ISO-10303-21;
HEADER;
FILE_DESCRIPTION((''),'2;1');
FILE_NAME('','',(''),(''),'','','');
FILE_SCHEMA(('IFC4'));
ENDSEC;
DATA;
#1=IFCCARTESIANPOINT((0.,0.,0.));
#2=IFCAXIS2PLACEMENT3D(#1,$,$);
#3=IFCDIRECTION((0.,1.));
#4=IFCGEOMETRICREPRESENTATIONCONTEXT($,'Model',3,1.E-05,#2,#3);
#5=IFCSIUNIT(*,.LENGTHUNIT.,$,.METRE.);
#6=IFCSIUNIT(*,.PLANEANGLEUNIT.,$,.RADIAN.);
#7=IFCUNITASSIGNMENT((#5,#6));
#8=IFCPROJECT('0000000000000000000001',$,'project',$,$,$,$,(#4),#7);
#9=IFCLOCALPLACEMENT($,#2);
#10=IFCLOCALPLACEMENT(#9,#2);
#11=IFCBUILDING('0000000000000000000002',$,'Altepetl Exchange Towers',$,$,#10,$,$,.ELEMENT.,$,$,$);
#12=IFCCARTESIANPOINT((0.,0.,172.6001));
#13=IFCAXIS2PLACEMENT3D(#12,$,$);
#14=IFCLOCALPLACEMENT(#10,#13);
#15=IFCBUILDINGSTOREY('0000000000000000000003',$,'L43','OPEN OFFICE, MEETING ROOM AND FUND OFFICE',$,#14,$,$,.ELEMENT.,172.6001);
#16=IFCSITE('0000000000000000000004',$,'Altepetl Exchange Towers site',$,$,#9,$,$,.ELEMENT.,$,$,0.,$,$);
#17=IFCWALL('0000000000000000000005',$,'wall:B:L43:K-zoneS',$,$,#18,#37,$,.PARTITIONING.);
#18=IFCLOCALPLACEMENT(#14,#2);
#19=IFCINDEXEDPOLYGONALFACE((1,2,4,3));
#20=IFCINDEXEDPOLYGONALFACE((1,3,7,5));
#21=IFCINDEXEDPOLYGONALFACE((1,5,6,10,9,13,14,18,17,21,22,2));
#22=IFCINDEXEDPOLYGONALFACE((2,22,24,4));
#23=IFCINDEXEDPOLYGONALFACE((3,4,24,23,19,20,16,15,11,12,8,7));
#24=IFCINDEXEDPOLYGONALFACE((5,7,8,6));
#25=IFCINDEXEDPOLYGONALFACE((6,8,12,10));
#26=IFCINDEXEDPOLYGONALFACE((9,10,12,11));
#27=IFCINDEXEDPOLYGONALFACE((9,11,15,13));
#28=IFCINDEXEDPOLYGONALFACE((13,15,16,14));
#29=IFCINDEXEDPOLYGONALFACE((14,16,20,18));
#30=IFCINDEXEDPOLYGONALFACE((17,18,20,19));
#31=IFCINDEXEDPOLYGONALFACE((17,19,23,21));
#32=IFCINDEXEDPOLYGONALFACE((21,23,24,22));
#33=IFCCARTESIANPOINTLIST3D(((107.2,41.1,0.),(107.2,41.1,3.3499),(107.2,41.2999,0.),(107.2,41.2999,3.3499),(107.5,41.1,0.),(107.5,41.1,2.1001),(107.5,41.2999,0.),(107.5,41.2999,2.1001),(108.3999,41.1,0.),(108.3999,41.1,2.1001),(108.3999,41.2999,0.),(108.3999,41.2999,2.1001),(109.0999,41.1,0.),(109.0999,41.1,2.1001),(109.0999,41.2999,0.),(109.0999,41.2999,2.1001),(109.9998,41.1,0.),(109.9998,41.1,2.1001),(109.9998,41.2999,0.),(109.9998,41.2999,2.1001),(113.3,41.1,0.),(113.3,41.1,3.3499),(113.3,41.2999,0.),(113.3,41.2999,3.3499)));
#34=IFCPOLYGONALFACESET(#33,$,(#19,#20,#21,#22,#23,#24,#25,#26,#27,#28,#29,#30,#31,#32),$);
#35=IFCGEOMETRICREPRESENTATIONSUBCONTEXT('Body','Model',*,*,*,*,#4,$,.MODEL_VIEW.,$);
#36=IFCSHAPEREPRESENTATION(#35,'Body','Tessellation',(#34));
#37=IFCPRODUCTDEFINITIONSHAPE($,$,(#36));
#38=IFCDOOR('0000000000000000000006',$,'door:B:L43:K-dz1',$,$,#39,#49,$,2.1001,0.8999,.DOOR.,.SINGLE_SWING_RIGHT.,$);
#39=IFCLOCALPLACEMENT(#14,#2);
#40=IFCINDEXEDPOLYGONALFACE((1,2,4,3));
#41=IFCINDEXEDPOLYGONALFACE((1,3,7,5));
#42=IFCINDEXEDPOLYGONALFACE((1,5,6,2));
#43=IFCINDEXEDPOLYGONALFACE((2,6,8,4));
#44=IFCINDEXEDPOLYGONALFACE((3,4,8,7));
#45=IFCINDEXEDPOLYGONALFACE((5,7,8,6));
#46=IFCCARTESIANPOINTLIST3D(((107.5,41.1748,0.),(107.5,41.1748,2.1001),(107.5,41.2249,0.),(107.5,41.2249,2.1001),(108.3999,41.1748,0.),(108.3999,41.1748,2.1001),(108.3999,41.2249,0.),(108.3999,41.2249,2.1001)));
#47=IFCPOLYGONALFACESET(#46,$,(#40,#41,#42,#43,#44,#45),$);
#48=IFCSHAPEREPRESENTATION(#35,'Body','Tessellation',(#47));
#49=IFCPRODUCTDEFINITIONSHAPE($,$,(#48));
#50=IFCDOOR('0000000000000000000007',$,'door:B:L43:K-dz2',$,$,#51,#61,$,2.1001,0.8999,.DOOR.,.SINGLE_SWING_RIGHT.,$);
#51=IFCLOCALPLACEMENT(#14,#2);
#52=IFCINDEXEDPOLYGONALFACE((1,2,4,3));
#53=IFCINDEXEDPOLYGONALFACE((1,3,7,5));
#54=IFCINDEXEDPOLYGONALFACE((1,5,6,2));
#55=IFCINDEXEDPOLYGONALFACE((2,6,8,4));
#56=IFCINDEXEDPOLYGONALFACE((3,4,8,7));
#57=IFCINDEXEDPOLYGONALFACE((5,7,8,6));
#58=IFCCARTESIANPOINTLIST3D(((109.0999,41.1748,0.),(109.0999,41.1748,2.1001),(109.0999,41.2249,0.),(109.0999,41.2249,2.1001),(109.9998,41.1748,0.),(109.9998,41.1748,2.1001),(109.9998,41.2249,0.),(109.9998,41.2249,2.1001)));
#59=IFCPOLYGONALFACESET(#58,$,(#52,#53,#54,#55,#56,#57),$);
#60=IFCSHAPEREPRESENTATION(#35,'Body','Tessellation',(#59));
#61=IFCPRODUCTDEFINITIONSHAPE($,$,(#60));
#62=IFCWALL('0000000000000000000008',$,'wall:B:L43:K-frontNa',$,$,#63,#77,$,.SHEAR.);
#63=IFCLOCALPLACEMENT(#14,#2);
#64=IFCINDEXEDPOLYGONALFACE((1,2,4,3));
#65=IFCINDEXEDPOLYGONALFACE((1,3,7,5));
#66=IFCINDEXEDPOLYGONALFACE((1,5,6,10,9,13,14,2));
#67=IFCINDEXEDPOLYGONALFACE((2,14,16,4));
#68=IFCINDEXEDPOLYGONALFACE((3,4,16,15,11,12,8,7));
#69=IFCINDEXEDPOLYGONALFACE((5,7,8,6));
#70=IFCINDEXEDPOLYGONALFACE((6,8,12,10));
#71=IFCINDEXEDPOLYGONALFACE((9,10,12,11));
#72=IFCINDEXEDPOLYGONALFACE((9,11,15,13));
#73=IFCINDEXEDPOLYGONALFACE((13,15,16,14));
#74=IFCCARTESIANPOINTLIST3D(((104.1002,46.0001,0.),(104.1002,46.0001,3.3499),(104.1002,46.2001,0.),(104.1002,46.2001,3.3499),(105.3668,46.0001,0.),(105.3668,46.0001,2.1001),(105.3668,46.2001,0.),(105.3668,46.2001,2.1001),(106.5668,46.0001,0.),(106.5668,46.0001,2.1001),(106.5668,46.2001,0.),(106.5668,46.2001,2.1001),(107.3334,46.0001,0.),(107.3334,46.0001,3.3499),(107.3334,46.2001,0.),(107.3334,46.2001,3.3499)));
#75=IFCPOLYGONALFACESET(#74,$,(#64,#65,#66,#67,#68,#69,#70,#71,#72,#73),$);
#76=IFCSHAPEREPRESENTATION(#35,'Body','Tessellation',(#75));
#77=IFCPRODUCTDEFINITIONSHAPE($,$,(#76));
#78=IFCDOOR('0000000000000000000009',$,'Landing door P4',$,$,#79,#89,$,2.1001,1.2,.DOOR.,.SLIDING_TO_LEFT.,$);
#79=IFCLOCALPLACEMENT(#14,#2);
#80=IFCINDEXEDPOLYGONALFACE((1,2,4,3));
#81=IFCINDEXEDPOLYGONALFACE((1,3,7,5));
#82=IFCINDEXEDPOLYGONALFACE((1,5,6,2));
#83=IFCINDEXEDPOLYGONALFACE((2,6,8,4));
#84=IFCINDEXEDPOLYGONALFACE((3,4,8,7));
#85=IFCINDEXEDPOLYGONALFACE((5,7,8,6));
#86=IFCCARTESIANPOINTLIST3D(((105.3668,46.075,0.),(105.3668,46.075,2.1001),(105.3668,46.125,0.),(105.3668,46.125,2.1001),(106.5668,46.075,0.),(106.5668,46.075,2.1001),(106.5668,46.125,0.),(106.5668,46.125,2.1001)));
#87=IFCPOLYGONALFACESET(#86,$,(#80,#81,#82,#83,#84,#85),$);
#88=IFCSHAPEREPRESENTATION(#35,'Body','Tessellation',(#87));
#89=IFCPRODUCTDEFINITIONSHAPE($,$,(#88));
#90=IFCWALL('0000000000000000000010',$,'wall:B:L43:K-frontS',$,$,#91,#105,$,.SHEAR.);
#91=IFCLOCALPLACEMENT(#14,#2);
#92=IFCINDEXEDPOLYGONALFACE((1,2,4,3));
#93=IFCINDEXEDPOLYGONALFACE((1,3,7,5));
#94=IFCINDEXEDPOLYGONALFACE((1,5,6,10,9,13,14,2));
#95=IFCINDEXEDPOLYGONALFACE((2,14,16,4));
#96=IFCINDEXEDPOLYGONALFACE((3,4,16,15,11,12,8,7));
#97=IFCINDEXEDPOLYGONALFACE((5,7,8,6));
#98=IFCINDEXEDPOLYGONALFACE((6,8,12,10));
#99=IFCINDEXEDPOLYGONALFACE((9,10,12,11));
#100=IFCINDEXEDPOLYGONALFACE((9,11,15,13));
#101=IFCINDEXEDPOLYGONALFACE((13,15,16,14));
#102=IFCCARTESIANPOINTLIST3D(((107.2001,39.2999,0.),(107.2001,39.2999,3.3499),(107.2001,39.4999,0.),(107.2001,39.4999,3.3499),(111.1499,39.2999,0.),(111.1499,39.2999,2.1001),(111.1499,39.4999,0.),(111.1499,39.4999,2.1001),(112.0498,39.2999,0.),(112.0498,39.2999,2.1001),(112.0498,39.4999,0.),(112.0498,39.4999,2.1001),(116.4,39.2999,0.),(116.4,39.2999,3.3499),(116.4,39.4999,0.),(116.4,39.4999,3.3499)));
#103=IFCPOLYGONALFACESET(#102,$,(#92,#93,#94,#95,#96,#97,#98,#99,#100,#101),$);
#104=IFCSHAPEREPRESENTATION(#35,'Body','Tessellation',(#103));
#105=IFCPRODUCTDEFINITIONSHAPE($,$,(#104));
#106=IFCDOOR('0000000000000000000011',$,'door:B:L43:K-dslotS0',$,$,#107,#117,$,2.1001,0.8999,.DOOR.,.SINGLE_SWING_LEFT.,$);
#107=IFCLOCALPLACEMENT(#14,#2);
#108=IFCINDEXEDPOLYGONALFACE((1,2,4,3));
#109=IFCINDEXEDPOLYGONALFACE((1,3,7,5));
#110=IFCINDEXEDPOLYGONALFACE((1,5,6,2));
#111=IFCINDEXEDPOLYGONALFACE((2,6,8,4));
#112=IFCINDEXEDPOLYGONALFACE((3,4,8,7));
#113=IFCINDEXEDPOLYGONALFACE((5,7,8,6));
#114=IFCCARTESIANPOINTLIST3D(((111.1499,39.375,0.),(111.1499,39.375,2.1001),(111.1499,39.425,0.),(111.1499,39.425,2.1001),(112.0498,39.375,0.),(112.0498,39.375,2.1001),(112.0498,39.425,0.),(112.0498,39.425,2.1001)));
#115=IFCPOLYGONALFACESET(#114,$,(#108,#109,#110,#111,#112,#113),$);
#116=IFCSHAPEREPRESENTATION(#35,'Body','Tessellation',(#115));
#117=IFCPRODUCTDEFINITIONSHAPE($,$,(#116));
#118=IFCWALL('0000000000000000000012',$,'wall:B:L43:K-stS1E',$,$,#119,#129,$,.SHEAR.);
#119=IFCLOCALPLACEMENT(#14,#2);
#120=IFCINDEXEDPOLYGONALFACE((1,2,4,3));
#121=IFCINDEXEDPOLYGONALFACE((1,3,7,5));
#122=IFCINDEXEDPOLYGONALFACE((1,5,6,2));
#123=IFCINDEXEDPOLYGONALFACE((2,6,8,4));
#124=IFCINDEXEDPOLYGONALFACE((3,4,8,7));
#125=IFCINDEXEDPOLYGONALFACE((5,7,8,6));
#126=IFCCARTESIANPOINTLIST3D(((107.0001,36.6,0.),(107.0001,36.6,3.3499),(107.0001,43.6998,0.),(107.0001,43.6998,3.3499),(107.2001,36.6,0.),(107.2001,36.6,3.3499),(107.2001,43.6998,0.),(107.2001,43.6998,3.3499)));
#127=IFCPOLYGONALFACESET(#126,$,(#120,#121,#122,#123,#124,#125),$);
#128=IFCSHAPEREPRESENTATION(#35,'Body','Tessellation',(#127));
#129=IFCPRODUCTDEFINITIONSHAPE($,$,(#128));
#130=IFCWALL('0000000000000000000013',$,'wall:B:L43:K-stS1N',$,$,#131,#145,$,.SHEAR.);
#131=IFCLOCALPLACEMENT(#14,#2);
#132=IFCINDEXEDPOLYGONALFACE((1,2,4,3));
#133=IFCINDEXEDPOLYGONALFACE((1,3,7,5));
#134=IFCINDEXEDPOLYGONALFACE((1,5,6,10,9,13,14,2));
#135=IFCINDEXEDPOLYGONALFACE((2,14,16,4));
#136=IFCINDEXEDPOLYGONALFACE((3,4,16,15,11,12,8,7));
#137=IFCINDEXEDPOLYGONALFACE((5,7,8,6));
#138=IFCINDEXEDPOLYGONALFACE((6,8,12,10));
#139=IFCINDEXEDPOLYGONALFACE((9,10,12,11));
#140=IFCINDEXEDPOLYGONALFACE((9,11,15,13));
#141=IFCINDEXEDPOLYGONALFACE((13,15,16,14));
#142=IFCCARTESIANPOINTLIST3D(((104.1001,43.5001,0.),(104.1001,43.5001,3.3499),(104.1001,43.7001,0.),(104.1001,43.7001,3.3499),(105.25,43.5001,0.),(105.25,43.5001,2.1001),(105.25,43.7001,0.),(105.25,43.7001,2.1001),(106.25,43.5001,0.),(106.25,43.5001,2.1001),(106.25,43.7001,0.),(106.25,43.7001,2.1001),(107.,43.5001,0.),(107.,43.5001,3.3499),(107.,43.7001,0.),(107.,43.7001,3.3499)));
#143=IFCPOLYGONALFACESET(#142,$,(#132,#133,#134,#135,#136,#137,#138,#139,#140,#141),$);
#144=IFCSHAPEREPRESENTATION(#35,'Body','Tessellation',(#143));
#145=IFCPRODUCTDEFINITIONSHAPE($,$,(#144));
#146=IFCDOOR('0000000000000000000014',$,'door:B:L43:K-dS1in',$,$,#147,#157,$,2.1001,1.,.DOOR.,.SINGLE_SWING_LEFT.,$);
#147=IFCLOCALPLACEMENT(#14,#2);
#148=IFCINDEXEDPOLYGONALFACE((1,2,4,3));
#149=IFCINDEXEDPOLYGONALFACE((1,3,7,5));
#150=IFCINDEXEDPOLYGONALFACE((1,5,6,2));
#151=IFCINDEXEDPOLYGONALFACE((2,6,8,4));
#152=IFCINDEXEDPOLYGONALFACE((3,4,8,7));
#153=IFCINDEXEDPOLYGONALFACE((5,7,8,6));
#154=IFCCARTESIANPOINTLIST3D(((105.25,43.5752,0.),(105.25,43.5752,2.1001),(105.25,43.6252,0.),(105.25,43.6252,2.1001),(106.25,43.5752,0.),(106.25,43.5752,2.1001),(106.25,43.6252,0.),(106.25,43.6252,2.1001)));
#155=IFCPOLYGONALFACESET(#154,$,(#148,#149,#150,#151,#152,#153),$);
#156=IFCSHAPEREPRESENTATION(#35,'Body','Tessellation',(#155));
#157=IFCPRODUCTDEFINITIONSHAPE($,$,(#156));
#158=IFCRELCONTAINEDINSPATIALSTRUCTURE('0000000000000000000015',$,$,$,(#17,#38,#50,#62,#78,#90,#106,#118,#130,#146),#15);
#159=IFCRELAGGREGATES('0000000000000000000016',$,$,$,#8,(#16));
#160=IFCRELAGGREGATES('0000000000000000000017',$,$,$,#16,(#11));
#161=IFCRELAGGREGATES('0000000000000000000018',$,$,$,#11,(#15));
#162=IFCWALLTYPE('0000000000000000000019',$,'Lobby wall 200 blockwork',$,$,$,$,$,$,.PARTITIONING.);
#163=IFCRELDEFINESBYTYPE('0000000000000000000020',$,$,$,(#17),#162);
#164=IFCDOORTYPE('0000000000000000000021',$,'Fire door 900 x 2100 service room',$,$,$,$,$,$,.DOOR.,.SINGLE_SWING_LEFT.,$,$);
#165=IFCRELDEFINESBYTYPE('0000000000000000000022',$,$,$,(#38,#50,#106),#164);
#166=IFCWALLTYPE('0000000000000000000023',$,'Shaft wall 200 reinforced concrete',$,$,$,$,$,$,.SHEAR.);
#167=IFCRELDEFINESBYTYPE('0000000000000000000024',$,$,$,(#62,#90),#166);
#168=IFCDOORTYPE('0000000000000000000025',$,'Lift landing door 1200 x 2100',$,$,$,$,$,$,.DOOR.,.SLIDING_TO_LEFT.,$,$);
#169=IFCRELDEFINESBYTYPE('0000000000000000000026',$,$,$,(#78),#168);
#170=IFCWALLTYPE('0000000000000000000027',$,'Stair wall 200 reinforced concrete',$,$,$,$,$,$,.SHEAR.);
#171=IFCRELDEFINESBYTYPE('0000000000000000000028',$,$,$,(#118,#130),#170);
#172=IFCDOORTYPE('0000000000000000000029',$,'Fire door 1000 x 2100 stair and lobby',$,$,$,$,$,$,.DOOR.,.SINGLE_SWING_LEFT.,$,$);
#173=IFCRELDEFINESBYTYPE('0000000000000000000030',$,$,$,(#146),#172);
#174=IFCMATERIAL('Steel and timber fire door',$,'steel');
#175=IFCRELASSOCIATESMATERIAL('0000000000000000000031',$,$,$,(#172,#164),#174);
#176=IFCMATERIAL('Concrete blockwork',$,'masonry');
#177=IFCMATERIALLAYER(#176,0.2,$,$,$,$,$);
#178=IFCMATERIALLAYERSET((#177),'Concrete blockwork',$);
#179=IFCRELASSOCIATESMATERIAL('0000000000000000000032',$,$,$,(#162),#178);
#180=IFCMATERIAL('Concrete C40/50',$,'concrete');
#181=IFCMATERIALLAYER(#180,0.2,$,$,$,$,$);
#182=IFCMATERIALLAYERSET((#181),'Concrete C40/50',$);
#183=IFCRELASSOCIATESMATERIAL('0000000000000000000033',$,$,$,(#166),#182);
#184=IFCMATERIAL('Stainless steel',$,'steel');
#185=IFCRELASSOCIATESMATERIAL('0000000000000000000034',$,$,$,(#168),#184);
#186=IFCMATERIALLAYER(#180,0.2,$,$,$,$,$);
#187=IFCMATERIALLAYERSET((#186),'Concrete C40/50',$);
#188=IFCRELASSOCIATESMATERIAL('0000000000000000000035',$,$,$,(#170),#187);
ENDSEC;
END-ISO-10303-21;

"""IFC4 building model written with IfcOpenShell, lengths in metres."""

from ifc_helpers import new_model, si_unit, direction, frame, frame_2d, origin, place, context, subcontext, project, spatial, rectangle, extrude, material, layer, layer_set, type_object, element, fill, save


model = new_model("IFC4")

# Units and contexts
model_context = context("Model", 3, precision=1e-05, world=origin(), true_north=direction((0.0, 1.0)))
body_context = subcontext(model_context, "Body", "Model", "MODEL_VIEW")
ifc_project = project(units=[si_unit("LENGTHUNIT", "METRE"), si_unit("PLANEANGLEUNIT", "RADIAN")], contexts=[model_context])

# Site, building, storey
site_placement = place(None, origin())
site = spatial("IfcSite", under=ifc_project, at=site_placement, Name="Altepetl Exchange Towers site", CompositionType="ELEMENT", RefElevation=0.0)
building_placement = place(site_placement, origin())
building = spatial("IfcBuilding", under=site, at=building_placement, Name="Altepetl Exchange Towers", CompositionType="ELEMENT")
storey_placement = place(building_placement, frame((0.0, 0.0, 172.6001)))
storey = spatial("IfcBuildingStorey", under=building, at=storey_placement, Name="L43", Description="OPEN OFFICE, MEETING ROOM AND FUND OFFICE", CompositionType="ELEMENT", Elevation=172.6001)

# Shared definitions
ifc_material_1 = material(Name="Steel and timber fire door", Category="steel")
door_type_1 = type_object("IfcDoorType", Name="Fire door 1000 x 2100 stair and lobby", OperationType="SINGLE_SWING_LEFT", PredefinedType="DOOR", material=ifc_material_1)

# Shared definitions
ifc_material_2 = material(Name="Concrete blockwork", Category="masonry")
ifc_layer_1 = layer(ifc_material_2, 0.2)
ifc_layer_set_1 = layer_set([ifc_layer_1], Name="Concrete blockwork")
wall_type_1 = type_object("IfcWallType", Name="Lobby wall 200 blockwork", PredefinedType="PARTITIONING", material=ifc_layer_set_1)

# Wall, openings, doors
wall_1_placement = place(storey_placement, frame((107.2, 41.2, 0.0)))
wall_1 = element("IfcWall", 1, at=wall_1_placement, inside=storey, type_object=wall_type_1, Name="wall:B:L43:K-zoneS", PredefinedType="PARTITIONING", context=body_context, shape_type="SweptSolid", body=[
    extrude(rectangle(XDim=6.1001, YDim=0.2, at=frame_2d((3.05, 0.0))), origin(), (0.0, 0.0, 1.0), 3.3499),
])
opening_1_placement = place(wall_1_placement, frame((0.3, 0.0, 0.0)))
opening_1 = element("IfcOpeningElement", 2, at=opening_1_placement, cuts=wall_1, PredefinedType="OPENING", context=body_context, shape_type="SweptSolid", body=[
    extrude(rectangle(XDim=0.8999, YDim=2.1001, at=frame_2d((0.45, 1.05))), frame((0.0, 0.1099, 0.0), z_axis=(0.0, -1.0, 0.0), x_axis=(1.0, 0.0, 0.0)), (0.0, 0.0, 1.0), 0.22),
])
opening_2_placement = place(wall_1_placement, frame((1.8999, 0.0, 0.0)))
opening_2 = element("IfcOpeningElement", 3, at=opening_2_placement, cuts=wall_1, PredefinedType="OPENING", context=body_context, shape_type="SweptSolid", body=[
    extrude(rectangle(XDim=0.8999, YDim=2.1001, at=frame_2d((0.45, 1.05))), frame((0.0, 0.1099, 0.0), z_axis=(0.0, -1.0, 0.0), x_axis=(1.0, 0.0, 0.0)), (0.0, 0.0, 1.0), 0.22),
])
door_type_2 = type_object("IfcDoorType", Name="Fire door 900 x 2100 service room", OperationType="SINGLE_SWING_LEFT", PredefinedType="DOOR", material=ifc_material_1)
door_1_placement = place(opening_1_placement, origin())
door_1 = element("IfcDoor", 4, at=door_1_placement, inside=storey, type_object=door_type_2, Name="door:B:L43:K-dz1", OperationType="SINGLE_SWING_RIGHT", OverallHeight=2.1001, OverallWidth=0.8999, PredefinedType="DOOR", context=body_context, shape_type="SweptSolid", body=[
    extrude(rectangle(XDim=0.8999, YDim=2.1001, at=frame_2d((0.45, 1.05))), frame((0.0, 0.0249, 0.0), z_axis=(0.0, -1.0, 0.0), x_axis=(1.0, 0.0, 0.0)), (0.0, 0.0, 1.0), 0.05),
])
fill(opening_1, door_1)
door_2_placement = place(opening_2_placement, origin())
door_2 = element("IfcDoor", 5, at=door_2_placement, inside=storey, type_object=door_type_2, Name="door:B:L43:K-dz2", OperationType="SINGLE_SWING_RIGHT", OverallHeight=2.1001, OverallWidth=0.8999, PredefinedType="DOOR", context=body_context, shape_type="SweptSolid", body=[
    extrude(rectangle(XDim=0.8999, YDim=2.1001, at=frame_2d((0.45, 1.05))), frame((0.0, 0.0249, 0.0), z_axis=(0.0, -1.0, 0.0), x_axis=(1.0, 0.0, 0.0)), (0.0, 0.0, 1.0), 0.05),
])
fill(opening_2, door_2)

# Walls, openings, doors
ifc_material_3 = material(Name="Concrete C40/50", Category="concrete")
ifc_layer_2 = layer(ifc_material_3, 0.2)
ifc_layer_set_2 = layer_set([ifc_layer_2], Name="Concrete C40/50")
wall_type_2 = type_object("IfcWallType", Name="Shaft wall 200 reinforced concrete", PredefinedType="SHEAR", material=ifc_layer_set_2)
wall_2_placement = place(storey_placement, frame((104.1001, 46.1001, 0.0)))
wall_2 = element("IfcWall", 6, at=wall_2_placement, inside=storey, type_object=wall_type_2, Name="wall:B:L43:K-frontNa", PredefinedType="SHEAR", context=body_context, shape_type="SweptSolid", body=[
    extrude(rectangle(XDim=3.2332, YDim=0.2, at=frame_2d((1.6167, 0.0))), origin(), (0.0, 0.0, 1.0), 3.3499),
])
opening_3_placement = place(wall_2_placement, frame((1.2666, 0.0, 0.0)))
opening_3 = element("IfcOpeningElement", 7, at=opening_3_placement, cuts=wall_2, PredefinedType="OPENING", context=body_context, shape_type="SweptSolid", body=[
    extrude(rectangle(XDim=1.2, YDim=2.1001, at=frame_2d((0.6001, 1.05))), frame((0.0, 0.1099, 0.0), z_axis=(0.0, -1.0, 0.0), x_axis=(1.0, 0.0, 0.0)), (0.0, 0.0, 1.0), 0.22),
])
ifc_material_4 = material(Name="Stainless steel", Category="steel")
door_type_3 = type_object("IfcDoorType", Name="Lift landing door 1200 x 2100", OperationType="SLIDING_TO_LEFT", PredefinedType="DOOR", material=ifc_material_4)
door_3_placement = place(opening_3_placement, origin())
door_3 = element("IfcDoor", 8, at=door_3_placement, inside=storey, type_object=door_type_3, Name="Landing door P4", OperationType="SLIDING_TO_LEFT", OverallHeight=2.1001, OverallWidth=1.2, PredefinedType="DOOR", context=body_context, shape_type="SweptSolid", body=[
    extrude(rectangle(XDim=1.2, YDim=2.1001, at=frame_2d((0.6001, 1.05))), frame((0.0, 0.0249, 0.0), z_axis=(0.0, -1.0, 0.0), x_axis=(1.0, 0.0, 0.0)), (0.0, 0.0, 1.0), 0.05),
])
fill(opening_3, door_3)
wall_3_placement = place(storey_placement, frame((107.2, 39.3999, 0.0)))
wall_3 = element("IfcWall", 9, at=wall_3_placement, inside=storey, type_object=wall_type_2, Name="wall:B:L43:K-frontS", PredefinedType="SHEAR", context=body_context, shape_type="SweptSolid", body=[
    extrude(rectangle(XDim=9.2, YDim=0.2, at=frame_2d((4.6001, 0.0))), origin(), (0.0, 0.0, 1.0), 3.3499),
])
opening_4_placement = place(wall_3_placement, frame((3.95, 0.0, 0.0)))
opening_4 = element("IfcOpeningElement", 10, at=opening_4_placement, cuts=wall_3, PredefinedType="OPENING", context=body_context, shape_type="SweptSolid", body=[
    extrude(rectangle(XDim=0.8999, YDim=2.1001, at=frame_2d((0.45, 1.05))), frame((0.0, 0.1099, 0.0), z_axis=(0.0, -1.0, 0.0), x_axis=(1.0, 0.0, 0.0)), (0.0, 0.0, 1.0), 0.22),
])
door_4_placement = place(opening_4_placement, frame((0.8999, 0.0, 0.0), x_axis=(-1.0, 0.0, 0.0)))
door_4 = element("IfcDoor", 11, at=door_4_placement, inside=storey, type_object=door_type_2, Name="door:B:L43:K-dslotS0", OperationType="SINGLE_SWING_LEFT", OverallHeight=2.1001, OverallWidth=0.8999, PredefinedType="DOOR", context=body_context, shape_type="SweptSolid", body=[
    extrude(rectangle(XDim=0.8999, YDim=2.1001, at=frame_2d((0.45, 1.05))), frame((0.0, 0.0249, 0.0), z_axis=(0.0, -1.0, 0.0), x_axis=(1.0, 0.0, 0.0)), (0.0, 0.0, 1.0), 0.05),
])
fill(opening_4, door_4)

# Wall
ifc_layer_3 = layer(ifc_material_3, 0.2)
ifc_layer_set_3 = layer_set([ifc_layer_3], Name="Concrete C40/50")
wall_type_3 = type_object("IfcWallType", Name="Stair wall 200 reinforced concrete", PredefinedType="SHEAR", material=ifc_layer_set_3)
wall_4_placement = place(storey_placement, frame((107.1001, 36.6001, 0.0), z_axis=(0.0, 0.0, 1.0), x_axis=(0.0, 1.0, 0.0)))
element("IfcWall", 12, at=wall_4_placement, inside=storey, type_object=wall_type_3, Name="wall:B:L43:K-stS1E", PredefinedType="SHEAR", context=body_context, shape_type="SweptSolid", body=[
    extrude(rectangle(XDim=7.0999, YDim=0.2, at=frame_2d((3.5498, 0.0))), origin(), (0.0, 0.0, 1.0), 3.3499),
])

# Wall, opening, door
wall_5_placement = place(storey_placement, frame((104.1001, 43.6001, 0.0)))
wall_5 = element("IfcWall", 13, at=wall_5_placement, inside=storey, type_object=wall_type_3, Name="wall:B:L43:K-stS1N", PredefinedType="SHEAR", context=body_context, shape_type="SweptSolid", body=[
    extrude(rectangle(XDim=2.8999, YDim=0.2, at=frame_2d((1.45, 0.0))), origin(), (0.0, 0.0, 1.0), 3.3499),
])
opening_5_placement = place(wall_5_placement, frame((1.1499, 0.0, 0.0)))
opening_5 = element("IfcOpeningElement", 14, at=opening_5_placement, cuts=wall_5, PredefinedType="OPENING", context=body_context, shape_type="SweptSolid", body=[
    extrude(rectangle(XDim=1.0, YDim=2.1001, at=frame_2d((0.5, 1.05))), frame((0.0, 0.1099, 0.0), z_axis=(0.0, -1.0, 0.0), x_axis=(1.0, 0.0, 0.0)), (0.0, 0.0, 1.0), 0.22),
])
door_5_placement = place(opening_5_placement, frame((1.0, 0.0, 0.0), x_axis=(-1.0, 0.0, 0.0)))
door_5 = element("IfcDoor", 15, at=door_5_placement, inside=storey, type_object=door_type_1, Name="door:B:L43:K-dS1in", OperationType="SINGLE_SWING_LEFT", OverallHeight=2.1001, OverallWidth=1.0, PredefinedType="DOOR", context=body_context, shape_type="SweptSolid", body=[
    extrude(rectangle(XDim=1.0, YDim=2.1001, at=frame_2d((0.5, 1.05))), frame((0.0, 0.0249, 0.0), z_axis=(0.0, -1.0, 0.0), x_axis=(1.0, 0.0, 0.0)), (0.0, 0.0, 1.0), 0.05),
])
fill(opening_5, door_5)

save(model, "model.ifc")
